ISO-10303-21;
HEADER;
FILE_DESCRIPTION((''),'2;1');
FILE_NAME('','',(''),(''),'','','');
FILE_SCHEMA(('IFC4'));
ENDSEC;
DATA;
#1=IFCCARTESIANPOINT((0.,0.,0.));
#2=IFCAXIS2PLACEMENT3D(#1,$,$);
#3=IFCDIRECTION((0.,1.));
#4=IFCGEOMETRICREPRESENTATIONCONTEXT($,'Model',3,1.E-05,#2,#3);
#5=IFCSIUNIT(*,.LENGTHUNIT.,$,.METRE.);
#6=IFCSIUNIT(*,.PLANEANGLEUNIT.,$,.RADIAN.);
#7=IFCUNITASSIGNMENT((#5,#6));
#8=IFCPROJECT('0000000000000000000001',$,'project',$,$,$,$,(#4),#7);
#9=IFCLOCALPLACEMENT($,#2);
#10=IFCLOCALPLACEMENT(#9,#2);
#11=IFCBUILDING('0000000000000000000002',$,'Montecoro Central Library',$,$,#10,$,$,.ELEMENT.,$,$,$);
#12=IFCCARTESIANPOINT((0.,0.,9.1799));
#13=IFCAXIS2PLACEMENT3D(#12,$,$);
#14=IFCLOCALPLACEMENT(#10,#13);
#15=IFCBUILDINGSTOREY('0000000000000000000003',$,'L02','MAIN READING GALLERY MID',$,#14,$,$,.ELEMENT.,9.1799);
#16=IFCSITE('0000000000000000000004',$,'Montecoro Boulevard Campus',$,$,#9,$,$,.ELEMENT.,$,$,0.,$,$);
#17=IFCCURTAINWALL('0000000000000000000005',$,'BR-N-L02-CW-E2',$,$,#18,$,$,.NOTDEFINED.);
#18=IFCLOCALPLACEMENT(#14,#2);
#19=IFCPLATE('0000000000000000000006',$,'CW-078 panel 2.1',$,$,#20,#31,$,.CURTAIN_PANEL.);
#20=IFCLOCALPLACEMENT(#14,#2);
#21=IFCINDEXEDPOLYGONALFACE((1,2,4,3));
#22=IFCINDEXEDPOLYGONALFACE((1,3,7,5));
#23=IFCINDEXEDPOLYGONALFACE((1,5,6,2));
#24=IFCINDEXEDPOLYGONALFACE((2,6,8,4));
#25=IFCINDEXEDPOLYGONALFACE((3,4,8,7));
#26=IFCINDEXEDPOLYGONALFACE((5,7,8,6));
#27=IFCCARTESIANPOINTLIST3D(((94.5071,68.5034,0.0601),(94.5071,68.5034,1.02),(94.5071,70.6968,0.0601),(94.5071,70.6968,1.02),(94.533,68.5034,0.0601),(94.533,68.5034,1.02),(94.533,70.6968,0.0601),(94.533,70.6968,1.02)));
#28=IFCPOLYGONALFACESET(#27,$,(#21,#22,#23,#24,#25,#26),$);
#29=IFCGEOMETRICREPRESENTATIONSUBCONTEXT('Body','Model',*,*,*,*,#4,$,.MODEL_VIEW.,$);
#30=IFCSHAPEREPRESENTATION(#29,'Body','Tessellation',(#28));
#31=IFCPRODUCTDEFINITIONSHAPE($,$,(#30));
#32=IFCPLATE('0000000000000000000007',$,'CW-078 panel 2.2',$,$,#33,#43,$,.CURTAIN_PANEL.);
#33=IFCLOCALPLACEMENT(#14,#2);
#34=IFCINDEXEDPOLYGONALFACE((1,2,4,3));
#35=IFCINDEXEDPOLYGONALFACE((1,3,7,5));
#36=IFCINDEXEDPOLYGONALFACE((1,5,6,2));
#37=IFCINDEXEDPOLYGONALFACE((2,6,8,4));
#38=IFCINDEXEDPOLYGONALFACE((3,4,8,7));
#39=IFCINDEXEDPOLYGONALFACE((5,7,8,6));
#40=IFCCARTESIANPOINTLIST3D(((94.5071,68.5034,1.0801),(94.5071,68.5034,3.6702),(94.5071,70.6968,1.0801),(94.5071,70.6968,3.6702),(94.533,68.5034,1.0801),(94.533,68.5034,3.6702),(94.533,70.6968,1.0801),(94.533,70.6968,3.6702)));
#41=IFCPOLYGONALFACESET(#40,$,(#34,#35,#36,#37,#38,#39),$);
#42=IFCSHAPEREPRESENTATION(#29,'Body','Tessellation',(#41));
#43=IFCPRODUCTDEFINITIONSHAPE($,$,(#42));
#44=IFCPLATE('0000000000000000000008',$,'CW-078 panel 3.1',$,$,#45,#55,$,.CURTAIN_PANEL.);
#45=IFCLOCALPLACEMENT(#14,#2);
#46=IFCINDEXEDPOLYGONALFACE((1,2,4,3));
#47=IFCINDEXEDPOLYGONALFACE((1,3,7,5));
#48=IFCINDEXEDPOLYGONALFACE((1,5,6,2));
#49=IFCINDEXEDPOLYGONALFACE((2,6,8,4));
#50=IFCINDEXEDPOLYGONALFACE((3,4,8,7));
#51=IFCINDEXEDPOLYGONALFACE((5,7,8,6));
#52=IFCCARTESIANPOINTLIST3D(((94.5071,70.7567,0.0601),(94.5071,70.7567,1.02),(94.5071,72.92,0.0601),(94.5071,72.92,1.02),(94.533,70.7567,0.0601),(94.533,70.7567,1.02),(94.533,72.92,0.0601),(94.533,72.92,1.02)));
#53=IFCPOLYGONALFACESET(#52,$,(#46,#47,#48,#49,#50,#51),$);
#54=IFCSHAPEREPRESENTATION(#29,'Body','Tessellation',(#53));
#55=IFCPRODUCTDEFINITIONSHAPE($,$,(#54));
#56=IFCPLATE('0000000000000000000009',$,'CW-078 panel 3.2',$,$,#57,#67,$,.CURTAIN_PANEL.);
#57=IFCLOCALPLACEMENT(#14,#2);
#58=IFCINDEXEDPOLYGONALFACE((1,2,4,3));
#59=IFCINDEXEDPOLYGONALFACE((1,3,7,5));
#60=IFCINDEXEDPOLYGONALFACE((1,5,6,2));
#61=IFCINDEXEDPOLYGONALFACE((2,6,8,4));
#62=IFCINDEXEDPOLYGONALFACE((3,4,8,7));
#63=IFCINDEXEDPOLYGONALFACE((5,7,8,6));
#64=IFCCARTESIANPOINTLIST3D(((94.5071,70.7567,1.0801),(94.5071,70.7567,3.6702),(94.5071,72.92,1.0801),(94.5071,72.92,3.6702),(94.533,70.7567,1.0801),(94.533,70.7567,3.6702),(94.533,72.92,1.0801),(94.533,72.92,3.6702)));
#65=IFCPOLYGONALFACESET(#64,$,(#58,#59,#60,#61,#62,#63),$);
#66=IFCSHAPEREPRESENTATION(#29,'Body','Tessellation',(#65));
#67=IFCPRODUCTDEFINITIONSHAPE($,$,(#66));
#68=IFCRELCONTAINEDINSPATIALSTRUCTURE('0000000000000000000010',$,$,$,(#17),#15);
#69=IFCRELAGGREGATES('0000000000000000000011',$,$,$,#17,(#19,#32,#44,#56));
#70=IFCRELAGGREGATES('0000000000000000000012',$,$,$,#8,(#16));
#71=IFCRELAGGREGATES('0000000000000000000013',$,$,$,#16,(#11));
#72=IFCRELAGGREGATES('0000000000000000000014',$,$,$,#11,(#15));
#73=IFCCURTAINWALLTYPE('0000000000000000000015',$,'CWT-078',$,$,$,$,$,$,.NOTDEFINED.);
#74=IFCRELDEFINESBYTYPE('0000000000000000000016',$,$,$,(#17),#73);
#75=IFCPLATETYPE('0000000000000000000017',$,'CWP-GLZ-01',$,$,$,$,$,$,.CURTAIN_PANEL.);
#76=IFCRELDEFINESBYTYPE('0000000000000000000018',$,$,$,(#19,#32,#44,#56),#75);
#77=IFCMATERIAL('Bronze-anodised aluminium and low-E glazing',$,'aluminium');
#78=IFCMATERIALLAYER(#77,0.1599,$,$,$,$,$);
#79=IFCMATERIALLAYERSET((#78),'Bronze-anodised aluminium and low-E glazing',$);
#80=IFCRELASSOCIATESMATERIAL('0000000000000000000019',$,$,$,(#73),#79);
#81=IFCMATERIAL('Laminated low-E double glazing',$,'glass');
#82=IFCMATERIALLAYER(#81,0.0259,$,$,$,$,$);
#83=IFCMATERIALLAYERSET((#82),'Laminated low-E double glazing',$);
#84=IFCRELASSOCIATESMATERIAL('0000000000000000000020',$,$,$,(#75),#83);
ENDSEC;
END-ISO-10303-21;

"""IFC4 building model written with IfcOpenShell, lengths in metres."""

from ifc_helpers import new_model, si_unit, direction, frame, origin, origin_2d, place, context, subcontext, project, spatial, rectangle, extrude, material, layer, layer_set, type_object, element, aggregate, save


model = new_model("IFC4")

# Units and contexts
model_context = context("Model", 3, precision=1e-05, world=origin(), true_north=direction((0.0, 1.0)))
body_context = subcontext(model_context, "Body", "Model", "MODEL_VIEW")
ifc_project = project(units=[si_unit("LENGTHUNIT", "METRE"), si_unit("PLANEANGLEUNIT", "RADIAN")], contexts=[model_context])

# Site, building, storey
site_placement = place(None, origin())
site = spatial("IfcSite", under=ifc_project, at=site_placement, Name="Montecoro Boulevard Campus", CompositionType="ELEMENT", RefElevation=0.0)
building_placement = place(site_placement, origin())
building = spatial("IfcBuilding", under=site, at=building_placement, Name="Montecoro Central Library", CompositionType="ELEMENT")
storey_placement = place(building_placement, frame((0.0, 0.0, 9.1799)))
storey = spatial("IfcBuildingStorey", under=building, at=storey_placement, Name="L02", Description="MAIN READING GALLERY MID", CompositionType="ELEMENT", Elevation=9.1799)

# Curtain wall
ifc_material_1 = material(Name="Bronze-anodised aluminium and low-E glazing", Category="aluminium")
ifc_layer_1 = layer(ifc_material_1, 0.1599)
ifc_layer_set_1 = layer_set([ifc_layer_1], Name="Bronze-anodised aluminium and low-E glazing")
curtain_wall_type = type_object("IfcCurtainWallType", Name="CWT-078", PredefinedType="NOTDEFINED", material=ifc_layer_set_1)
curtain_wall_1_placement = place(storey_placement, origin())
curtain_wall_1 = element("IfcCurtainWall", 1, at=curtain_wall_1_placement, inside=storey, type_object=curtain_wall_type, Name="BR-N-L02-CW-E2", PredefinedType="NOTDEFINED")

# Plates
ifc_material_2 = material(Name="Laminated low-E double glazing", Category="glass")
ifc_layer_2 = layer(ifc_material_2, 0.0259)
ifc_layer_set_2 = layer_set([ifc_layer_2], Name="Laminated low-E double glazing")
plate_type = type_object("IfcPlateType", Name="CWP-GLZ-01", PredefinedType="CURTAIN_PANEL", material=ifc_layer_set_2)
plate_1_placement = place(storey_placement, frame((94.52, 69.6001, 0.0601), z_axis=(0.0, 0.0, 1.0), x_axis=(0.0, 1.0, 0.0)))
plate_1 = element("IfcPlate", 2, at=plate_1_placement, type_object=plate_type, Name="CW-078 panel 2.1", PredefinedType="CURTAIN_PANEL", context=body_context, shape_type="SweptSolid", body=[
    extrude(rectangle(XDim=2.1934, YDim=0.0259, at=origin_2d()), origin(), (0.0, 0.0, 1.0), 0.96),
])
plate_2_placement = place(storey_placement, frame((94.52, 69.6001, 1.0801), z_axis=(0.0, 0.0, 1.0), x_axis=(0.0, 1.0, 0.0)))
plate_2 = element("IfcPlate", 3, at=plate_2_placement, type_object=plate_type, Name="CW-078 panel 2.2", PredefinedType="CURTAIN_PANEL", context=body_context, shape_type="SweptSolid", body=[
    extrude(rectangle(XDim=2.1934, YDim=0.0259, at=origin_2d()), origin(), (0.0, 0.0, 1.0), 2.5901),
])
plate_3_placement = place(storey_placement, frame((94.52, 71.8384, 0.0601), z_axis=(0.0, 0.0, 1.0), x_axis=(0.0, 1.0, 0.0)))
plate_3 = element("IfcPlate", 4, at=plate_3_placement, type_object=plate_type, Name="CW-078 panel 3.1", PredefinedType="CURTAIN_PANEL", context=body_context, shape_type="SweptSolid", body=[
    extrude(rectangle(XDim=2.1633, YDim=0.0259, at=origin_2d()), origin(), (0.0, 0.0, 1.0), 0.96),
])
plate_4_placement = place(storey_placement, frame((94.52, 71.8384, 1.0801), z_axis=(0.0, 0.0, 1.0), x_axis=(0.0, 1.0, 0.0)))
plate_4 = element("IfcPlate", 5, at=plate_4_placement, type_object=plate_type, Name="CW-078 panel 3.2", PredefinedType="CURTAIN_PANEL", context=body_context, shape_type="SweptSolid", body=[
    extrude(rectangle(XDim=2.1633, YDim=0.0259, at=origin_2d()), origin(), (0.0, 0.0, 1.0), 2.5901),
])
aggregate(curtain_wall_1, [plate_1, plate_2, plate_3, plate_4])

save(model, "model.ifc")
